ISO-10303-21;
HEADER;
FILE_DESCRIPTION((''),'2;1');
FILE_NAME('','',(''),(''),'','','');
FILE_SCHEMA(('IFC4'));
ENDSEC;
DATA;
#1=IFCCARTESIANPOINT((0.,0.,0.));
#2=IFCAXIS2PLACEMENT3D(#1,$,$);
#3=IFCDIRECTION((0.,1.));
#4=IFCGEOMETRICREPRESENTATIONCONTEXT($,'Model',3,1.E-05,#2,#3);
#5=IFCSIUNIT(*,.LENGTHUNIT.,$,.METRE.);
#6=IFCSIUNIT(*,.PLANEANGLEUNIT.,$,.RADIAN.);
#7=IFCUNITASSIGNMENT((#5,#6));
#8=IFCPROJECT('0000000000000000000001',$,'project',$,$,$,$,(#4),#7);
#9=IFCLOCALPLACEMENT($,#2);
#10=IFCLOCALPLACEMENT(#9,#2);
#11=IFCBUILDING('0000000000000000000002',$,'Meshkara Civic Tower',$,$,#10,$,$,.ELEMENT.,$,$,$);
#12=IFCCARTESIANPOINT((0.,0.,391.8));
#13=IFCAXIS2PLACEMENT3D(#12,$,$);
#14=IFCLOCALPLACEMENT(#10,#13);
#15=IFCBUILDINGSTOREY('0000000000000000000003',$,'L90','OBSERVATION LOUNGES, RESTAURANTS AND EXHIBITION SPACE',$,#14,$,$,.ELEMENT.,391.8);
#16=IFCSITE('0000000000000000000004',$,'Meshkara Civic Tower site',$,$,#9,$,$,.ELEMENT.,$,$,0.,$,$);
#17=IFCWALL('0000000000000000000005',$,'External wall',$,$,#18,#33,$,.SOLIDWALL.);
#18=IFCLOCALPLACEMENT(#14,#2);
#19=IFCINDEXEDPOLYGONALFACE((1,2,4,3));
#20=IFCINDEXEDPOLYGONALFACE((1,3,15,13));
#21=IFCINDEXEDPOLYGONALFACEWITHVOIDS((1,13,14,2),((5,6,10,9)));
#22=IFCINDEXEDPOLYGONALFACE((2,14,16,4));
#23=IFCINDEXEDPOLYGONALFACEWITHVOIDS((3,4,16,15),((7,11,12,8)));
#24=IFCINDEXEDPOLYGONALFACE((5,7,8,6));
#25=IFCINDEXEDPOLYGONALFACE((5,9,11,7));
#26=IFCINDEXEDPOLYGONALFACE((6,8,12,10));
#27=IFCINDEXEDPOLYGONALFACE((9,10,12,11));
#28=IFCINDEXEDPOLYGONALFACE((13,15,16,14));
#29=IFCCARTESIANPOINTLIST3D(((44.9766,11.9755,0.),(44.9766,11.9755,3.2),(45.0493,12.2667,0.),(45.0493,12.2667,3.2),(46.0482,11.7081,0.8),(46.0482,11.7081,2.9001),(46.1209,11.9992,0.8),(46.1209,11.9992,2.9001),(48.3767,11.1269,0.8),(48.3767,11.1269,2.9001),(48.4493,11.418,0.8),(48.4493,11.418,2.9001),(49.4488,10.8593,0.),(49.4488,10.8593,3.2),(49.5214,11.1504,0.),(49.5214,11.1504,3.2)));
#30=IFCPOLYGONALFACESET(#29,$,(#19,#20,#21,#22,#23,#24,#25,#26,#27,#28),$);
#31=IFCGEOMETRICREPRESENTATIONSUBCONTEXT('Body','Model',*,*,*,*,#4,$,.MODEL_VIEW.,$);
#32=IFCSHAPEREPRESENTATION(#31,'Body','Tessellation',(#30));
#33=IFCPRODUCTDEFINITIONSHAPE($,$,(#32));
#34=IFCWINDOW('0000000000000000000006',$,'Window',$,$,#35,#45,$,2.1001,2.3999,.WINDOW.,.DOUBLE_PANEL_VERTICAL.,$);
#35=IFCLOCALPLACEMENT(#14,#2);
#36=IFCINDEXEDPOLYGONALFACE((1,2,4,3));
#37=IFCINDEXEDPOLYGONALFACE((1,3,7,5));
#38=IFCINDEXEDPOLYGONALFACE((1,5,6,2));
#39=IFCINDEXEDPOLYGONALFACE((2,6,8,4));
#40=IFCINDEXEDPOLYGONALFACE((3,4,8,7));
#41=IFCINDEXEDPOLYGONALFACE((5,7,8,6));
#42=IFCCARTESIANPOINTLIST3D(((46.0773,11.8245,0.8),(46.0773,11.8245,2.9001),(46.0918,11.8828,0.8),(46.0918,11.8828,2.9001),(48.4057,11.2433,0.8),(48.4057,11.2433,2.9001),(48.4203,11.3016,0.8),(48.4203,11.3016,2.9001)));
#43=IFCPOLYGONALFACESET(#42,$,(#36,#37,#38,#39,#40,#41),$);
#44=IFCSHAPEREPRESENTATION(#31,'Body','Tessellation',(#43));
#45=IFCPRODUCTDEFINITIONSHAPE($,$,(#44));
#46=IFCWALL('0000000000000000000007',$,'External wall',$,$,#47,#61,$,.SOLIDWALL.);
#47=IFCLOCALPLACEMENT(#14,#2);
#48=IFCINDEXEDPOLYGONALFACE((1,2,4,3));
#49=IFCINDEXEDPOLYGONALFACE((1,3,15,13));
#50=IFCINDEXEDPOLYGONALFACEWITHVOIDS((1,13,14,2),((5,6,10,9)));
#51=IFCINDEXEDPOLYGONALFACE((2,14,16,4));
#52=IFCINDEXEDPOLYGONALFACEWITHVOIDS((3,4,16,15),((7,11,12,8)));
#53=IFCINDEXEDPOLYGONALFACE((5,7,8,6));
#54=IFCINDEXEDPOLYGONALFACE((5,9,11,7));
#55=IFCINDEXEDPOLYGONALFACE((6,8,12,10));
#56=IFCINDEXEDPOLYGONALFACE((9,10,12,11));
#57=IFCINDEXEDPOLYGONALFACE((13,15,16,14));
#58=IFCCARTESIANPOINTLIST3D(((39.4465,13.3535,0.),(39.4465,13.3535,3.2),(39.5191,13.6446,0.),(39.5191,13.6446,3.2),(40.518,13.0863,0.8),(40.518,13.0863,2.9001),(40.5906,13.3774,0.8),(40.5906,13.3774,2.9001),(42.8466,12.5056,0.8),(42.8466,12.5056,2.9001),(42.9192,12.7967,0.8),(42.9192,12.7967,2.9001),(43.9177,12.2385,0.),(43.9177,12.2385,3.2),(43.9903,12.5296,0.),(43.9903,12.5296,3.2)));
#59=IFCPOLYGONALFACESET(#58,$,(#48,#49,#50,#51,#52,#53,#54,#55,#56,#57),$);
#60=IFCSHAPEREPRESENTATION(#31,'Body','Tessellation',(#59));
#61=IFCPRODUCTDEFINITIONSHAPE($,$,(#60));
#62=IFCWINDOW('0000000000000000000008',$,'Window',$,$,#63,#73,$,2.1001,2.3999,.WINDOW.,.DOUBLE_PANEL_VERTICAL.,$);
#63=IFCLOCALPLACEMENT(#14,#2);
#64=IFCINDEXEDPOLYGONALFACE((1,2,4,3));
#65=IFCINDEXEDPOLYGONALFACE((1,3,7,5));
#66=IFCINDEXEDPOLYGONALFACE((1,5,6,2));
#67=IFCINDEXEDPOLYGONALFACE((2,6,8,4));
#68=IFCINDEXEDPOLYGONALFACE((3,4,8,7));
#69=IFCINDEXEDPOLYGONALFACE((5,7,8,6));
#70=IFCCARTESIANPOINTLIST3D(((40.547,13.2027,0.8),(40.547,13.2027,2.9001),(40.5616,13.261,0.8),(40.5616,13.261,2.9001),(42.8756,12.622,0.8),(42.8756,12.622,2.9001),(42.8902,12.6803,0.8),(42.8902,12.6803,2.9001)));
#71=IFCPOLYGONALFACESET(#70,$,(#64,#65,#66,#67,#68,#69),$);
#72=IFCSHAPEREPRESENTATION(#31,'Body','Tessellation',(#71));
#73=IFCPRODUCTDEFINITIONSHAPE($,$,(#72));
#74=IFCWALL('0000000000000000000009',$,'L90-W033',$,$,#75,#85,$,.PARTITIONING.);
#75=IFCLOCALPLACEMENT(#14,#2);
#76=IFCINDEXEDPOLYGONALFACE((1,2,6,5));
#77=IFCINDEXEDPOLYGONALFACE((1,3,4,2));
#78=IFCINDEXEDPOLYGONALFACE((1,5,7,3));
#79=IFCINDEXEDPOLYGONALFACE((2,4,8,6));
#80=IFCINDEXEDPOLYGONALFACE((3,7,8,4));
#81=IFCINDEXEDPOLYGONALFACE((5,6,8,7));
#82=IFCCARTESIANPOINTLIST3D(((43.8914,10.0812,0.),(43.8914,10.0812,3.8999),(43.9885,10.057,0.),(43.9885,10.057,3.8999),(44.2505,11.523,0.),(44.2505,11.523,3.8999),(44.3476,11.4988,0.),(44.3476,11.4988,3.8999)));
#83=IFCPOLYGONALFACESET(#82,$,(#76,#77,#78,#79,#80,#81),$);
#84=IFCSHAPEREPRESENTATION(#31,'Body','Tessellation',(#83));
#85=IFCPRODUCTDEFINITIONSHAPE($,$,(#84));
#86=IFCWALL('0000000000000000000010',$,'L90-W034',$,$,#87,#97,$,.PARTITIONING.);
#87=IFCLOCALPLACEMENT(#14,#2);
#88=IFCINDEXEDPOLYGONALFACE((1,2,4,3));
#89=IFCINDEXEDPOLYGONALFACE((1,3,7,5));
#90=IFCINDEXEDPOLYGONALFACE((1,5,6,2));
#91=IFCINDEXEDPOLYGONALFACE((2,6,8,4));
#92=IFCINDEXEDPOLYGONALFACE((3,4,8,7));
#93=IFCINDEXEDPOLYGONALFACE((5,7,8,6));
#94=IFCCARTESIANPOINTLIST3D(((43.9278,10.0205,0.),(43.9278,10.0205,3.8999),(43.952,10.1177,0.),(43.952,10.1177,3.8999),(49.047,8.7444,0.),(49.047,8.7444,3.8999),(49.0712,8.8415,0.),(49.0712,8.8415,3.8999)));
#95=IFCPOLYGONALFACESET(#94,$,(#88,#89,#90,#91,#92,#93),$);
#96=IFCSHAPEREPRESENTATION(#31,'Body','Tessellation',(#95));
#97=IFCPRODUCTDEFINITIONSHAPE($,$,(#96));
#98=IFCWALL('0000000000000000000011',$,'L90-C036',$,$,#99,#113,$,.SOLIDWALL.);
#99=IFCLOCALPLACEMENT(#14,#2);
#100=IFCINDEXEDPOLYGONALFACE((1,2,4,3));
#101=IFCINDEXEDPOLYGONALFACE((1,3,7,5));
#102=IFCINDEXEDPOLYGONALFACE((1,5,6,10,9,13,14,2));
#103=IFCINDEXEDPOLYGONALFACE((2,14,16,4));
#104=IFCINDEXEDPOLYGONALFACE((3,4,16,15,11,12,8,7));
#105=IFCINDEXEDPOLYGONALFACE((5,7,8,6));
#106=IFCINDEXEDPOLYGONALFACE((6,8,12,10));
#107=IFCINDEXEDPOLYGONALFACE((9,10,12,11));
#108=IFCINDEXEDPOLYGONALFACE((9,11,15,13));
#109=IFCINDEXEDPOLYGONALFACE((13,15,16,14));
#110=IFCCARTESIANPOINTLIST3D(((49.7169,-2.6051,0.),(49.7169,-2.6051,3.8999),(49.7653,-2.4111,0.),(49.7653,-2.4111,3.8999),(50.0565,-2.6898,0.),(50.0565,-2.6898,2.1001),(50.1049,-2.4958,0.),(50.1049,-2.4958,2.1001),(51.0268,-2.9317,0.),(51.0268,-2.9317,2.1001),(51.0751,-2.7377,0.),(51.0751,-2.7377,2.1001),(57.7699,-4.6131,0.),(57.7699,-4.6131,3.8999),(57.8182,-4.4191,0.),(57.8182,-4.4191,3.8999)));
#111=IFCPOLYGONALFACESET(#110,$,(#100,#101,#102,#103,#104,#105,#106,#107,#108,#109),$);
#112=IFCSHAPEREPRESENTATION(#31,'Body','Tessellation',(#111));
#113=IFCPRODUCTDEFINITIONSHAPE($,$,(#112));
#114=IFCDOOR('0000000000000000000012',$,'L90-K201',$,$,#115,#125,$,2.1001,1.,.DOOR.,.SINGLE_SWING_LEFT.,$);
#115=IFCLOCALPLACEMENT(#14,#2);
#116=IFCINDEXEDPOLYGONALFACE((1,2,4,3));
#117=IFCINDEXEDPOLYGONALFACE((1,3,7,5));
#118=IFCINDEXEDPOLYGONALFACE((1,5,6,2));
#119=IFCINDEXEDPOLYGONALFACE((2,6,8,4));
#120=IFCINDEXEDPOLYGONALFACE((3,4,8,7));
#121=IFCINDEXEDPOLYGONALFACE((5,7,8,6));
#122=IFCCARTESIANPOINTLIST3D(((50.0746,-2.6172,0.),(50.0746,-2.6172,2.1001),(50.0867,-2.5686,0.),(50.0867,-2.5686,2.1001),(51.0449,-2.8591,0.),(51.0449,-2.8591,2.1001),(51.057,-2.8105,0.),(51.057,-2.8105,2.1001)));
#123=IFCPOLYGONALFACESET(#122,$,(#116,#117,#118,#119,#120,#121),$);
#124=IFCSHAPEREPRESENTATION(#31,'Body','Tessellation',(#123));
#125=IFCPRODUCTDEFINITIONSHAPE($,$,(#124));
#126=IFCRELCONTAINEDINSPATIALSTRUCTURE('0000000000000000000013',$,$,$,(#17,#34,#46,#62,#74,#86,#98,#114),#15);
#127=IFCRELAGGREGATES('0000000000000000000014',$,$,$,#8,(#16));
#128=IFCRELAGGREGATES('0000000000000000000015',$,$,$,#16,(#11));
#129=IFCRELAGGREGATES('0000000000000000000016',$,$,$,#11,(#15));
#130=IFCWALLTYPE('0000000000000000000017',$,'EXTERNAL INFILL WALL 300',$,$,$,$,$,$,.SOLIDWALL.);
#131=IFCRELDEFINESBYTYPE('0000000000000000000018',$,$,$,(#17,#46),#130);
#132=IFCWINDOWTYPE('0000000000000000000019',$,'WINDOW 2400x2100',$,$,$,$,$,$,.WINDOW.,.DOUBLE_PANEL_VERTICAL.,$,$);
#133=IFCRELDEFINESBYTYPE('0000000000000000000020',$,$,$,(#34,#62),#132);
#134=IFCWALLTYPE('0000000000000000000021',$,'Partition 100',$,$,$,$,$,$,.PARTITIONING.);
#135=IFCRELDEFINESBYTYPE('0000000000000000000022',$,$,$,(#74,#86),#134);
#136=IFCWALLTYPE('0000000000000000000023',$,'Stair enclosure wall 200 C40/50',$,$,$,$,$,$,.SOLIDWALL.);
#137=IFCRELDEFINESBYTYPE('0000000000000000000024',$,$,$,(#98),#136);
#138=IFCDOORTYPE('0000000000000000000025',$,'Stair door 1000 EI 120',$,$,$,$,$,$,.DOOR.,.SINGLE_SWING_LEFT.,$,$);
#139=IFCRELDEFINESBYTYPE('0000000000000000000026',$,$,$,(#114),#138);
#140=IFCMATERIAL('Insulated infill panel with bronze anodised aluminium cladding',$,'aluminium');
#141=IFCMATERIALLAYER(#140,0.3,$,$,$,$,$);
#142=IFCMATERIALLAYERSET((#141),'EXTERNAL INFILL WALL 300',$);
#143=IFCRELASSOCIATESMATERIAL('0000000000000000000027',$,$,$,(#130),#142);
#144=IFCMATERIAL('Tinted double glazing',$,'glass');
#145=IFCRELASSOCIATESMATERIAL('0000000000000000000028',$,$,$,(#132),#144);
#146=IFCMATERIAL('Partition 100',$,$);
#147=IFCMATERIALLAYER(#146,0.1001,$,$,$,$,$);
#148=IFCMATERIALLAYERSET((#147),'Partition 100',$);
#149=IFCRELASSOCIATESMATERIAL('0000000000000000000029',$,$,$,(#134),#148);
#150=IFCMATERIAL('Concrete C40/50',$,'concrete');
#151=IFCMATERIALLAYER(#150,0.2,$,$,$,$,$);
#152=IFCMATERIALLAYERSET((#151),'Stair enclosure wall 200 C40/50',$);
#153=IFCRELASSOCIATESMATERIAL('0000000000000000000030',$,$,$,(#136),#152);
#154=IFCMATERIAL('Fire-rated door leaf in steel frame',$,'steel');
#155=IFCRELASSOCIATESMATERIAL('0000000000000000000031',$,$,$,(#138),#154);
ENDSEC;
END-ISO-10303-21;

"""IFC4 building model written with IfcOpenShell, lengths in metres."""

from ifc_helpers import new_model, si_unit, direction, frame, frame_2d, origin, place, context, subcontext, project, spatial, rectangle, extrude, material, layer, layer_set, type_object, element, fill, save


model = new_model("IFC4")

# Units and contexts
model_context = context("Model", 3, precision=1e-05, world=origin(), true_north=direction((0.0, 1.0)))
body_context = subcontext(model_context, "Body", "Model", "MODEL_VIEW")
ifc_project = project(units=[si_unit("LENGTHUNIT", "METRE"), si_unit("PLANEANGLEUNIT", "RADIAN")], contexts=[model_context])

# Site, building, storey
site_placement = place(None, origin())
site = spatial("IfcSite", under=ifc_project, at=site_placement, Name="Meshkara Civic Tower site", CompositionType="ELEMENT", RefElevation=0.0)
building_placement = place(site_placement, origin())
building = spatial("IfcBuilding", under=site, at=building_placement, Name="Meshkara Civic Tower", CompositionType="ELEMENT")
storey_placement = place(building_placement, frame((0.0, 0.0, 391.8)))
storey = spatial("IfcBuildingStorey", under=building, at=storey_placement, Name="L90", Description="OBSERVATION LOUNGES, RESTAURANTS AND EXHIBITION SPACE", CompositionType="ELEMENT", Elevation=391.8)

# Walls, openings, windows
ifc_material_1 = material(Name="Insulated infill panel with bronze anodised aluminium cladding", Category="aluminium")
ifc_layer_1 = layer(ifc_material_1, 0.3)
ifc_layer_set_1 = layer_set([ifc_layer_1], Name="EXTERNAL INFILL WALL 300")
wall_type_1 = type_object("IfcWallType", Name="EXTERNAL INFILL WALL 300", PredefinedType="SOLIDWALL", material=ifc_layer_set_1)
wall_1_placement = place(storey_placement, frame((49.4851, 11.0049, 0.0), z_axis=(0.0, 0.0, 1.0), x_axis=(-0.970236, 0.242162, 0.0)))
wall_1 = element("IfcWall", 1, at=wall_1_placement, inside=storey, type_object=wall_type_1, Name="External wall", PredefinedType="SOLIDWALL", context=body_context, shape_type="SweptSolid", body=[
    extrude(rectangle(XDim=4.6094, YDim=0.3, at=frame_2d((2.3047, 0.0))), origin(), (0.0, 0.0, 1.0), 3.2),
])
opening_1_placement = place(wall_1_placement, frame((1.105, 0.0, 0.8)))
opening_1 = element("IfcOpeningElement", 2, at=opening_1_placement, cuts=wall_1, PredefinedType="OPENING", context=body_context, shape_type="SweptSolid", body=[
    extrude(rectangle(XDim=2.3999, YDim=2.1001, at=frame_2d((1.2, 1.05))), frame((0.0, 0.1599, 0.0), z_axis=(0.0, -1.0, 0.0), x_axis=(1.0, 0.0, 0.0)), (0.0, 0.0, 1.0), 0.3201),
])
ifc_material_2 = material(Name="Tinted double glazing", Category="glass")
window_type = type_object("IfcWindowType", Name="WINDOW 2400x2100", PartitioningType="DOUBLE_PANEL_VERTICAL", PredefinedType="WINDOW", material=ifc_material_2)
window_1_placement = place(opening_1_placement, origin())
window_1 = element("IfcWindow", 3, at=window_1_placement, inside=storey, type_object=window_type, Name="Window", OverallHeight=2.1001, OverallWidth=2.3999, PartitioningType="DOUBLE_PANEL_VERTICAL", PredefinedType="WINDOW", context=body_context, shape_type="SweptSolid", body=[
    extrude(rectangle(XDim=2.3999, YDim=2.1001, at=frame_2d((1.2, 1.05))), frame((0.0, 0.03, 0.0), z_axis=(0.0, -1.0, 0.0), x_axis=(1.0, 0.0, 0.0)), (0.0, 0.0, 1.0), 0.0601),
])
fill(opening_1, window_1)
wall_2_placement = place(storey_placement, frame((43.9541, 12.384, 0.0), z_axis=(0.0, 0.0, 1.0), x_axis=(-0.970286, 0.241962, 0.0)))
wall_2 = element("IfcWall", 4, at=wall_2_placement, inside=storey, type_object=wall_type_1, Name="External wall", PredefinedType="SOLIDWALL", context=body_context, shape_type="SweptSolid", body=[
    extrude(rectangle(XDim=4.6082, YDim=0.3, at=frame_2d((2.3042, 0.0))), origin(), (0.0, 0.0, 1.0), 3.2),
])
opening_2_placement = place(wall_2_placement, frame((1.104, 0.0, 0.8)))
opening_2 = element("IfcOpeningElement", 5, at=opening_2_placement, cuts=wall_2, PredefinedType="OPENING", context=body_context, shape_type="SweptSolid", body=[
    extrude(rectangle(XDim=2.3999, YDim=2.1001, at=frame_2d((1.2, 1.05))), frame((0.0, 0.1599, 0.0), z_axis=(0.0, -1.0, 0.0), x_axis=(1.0, 0.0, 0.0)), (0.0, 0.0, 1.0), 0.3201),
])
window_2_placement = place(opening_2_placement, origin())
window_2 = element("IfcWindow", 6, at=window_2_placement, inside=storey, type_object=window_type, Name="Window", OverallHeight=2.1001, OverallWidth=2.3999, PartitioningType="DOUBLE_PANEL_VERTICAL", PredefinedType="WINDOW", context=body_context, shape_type="SweptSolid", body=[
    extrude(rectangle(XDim=2.3999, YDim=2.1001, at=frame_2d((1.2, 1.05))), frame((0.0, 0.03, 0.0), z_axis=(0.0, -1.0, 0.0), x_axis=(1.0, 0.0, 0.0)), (0.0, 0.0, 1.0), 0.0601),
])
fill(opening_2, window_2)

# Walls
ifc_material_3 = material(Name="Partition 100")
ifc_layer_2 = layer(ifc_material_3, 0.1001)
ifc_layer_set_2 = layer_set([ifc_layer_2], Name="Partition 100")
wall_type_2 = type_object("IfcWallType", Name="Partition 100", PredefinedType="PARTITIONING", material=ifc_layer_set_2)
wall_3_placement = place(storey_placement, frame((43.9399, 10.0691, 0.0), z_axis=(0.0, 0.0, 1.0), x_axis=(0.241685, 0.970355, 0.0)))
element("IfcWall", 7, at=wall_3_placement, inside=storey, type_object=wall_type_2, Name="L90-W033", PredefinedType="PARTITIONING", context=body_context, shape_type="SweptSolid", body=[
    extrude(rectangle(XDim=1.4858, YDim=0.1001, at=frame_2d((0.7429, 0.0))), origin(), (0.0, 0.0, 1.0), 3.8999),
])
wall_4_placement = place(storey_placement, frame((49.0591, 8.793, 0.0), z_axis=(0.0, 0.0, 1.0), x_axis=(-0.970306, 0.241882, 0.0)))
element("IfcWall", 8, at=wall_4_placement, inside=storey, type_object=wall_type_2, Name="L90-W034", PredefinedType="PARTITIONING", context=body_context, shape_type="SweptSolid", body=[
    extrude(rectangle(XDim=5.2759, YDim=0.1001, at=frame_2d((2.6379, 0.0))), origin(), (0.0, 0.0, 1.0), 3.8999),
])

# Wall, opening, door
ifc_material_4 = material(Name="Concrete C40/50", Category="concrete")
ifc_layer_3 = layer(ifc_material_4, 0.2)
ifc_layer_set_3 = layer_set([ifc_layer_3], Name="Stair enclosure wall 200 C40/50")
wall_type_3 = type_object("IfcWallType", Name="Stair enclosure wall 200 C40/50", PredefinedType="SOLIDWALL", material=ifc_layer_set_3)
wall_5_placement = place(storey_placement, frame((49.741, -2.5081, 0.0), z_axis=(0.0, 0.0, 1.0), x_axis=(0.970289, -0.241947, 0.0)))
wall_5 = element("IfcWall", 9, at=wall_5_placement, inside=storey, type_object=wall_type_3, Name="L90-C036", PredefinedType="SOLIDWALL", context=body_context, shape_type="SweptSolid", body=[
    extrude(rectangle(XDim=8.2996, YDim=0.2, at=frame_2d((4.1499, 0.0))), origin(), (0.0, 0.0, 1.0), 3.8999),
])
opening_3_placement = place(wall_5_placement, frame((0.3501, 0.0, 0.0)))
opening_3 = element("IfcOpeningElement", 10, at=opening_3_placement, cuts=wall_5, PredefinedType="OPENING", context=body_context, shape_type="SweptSolid", body=[
    extrude(rectangle(XDim=1.0, YDim=2.1001, at=frame_2d((0.5, 1.05))), frame((0.0, 0.1099, 0.0), z_axis=(0.0, -1.0, 0.0), x_axis=(1.0, 0.0, 0.0)), (0.0, 0.0, 1.0), 0.22),
])
ifc_material_5 = material(Name="Fire-rated door leaf in steel frame", Category="steel")
door_type_1 = type_object("IfcDoorType", Name="Stair door 1000 EI 120", OperationType="SINGLE_SWING_LEFT", PredefinedType="DOOR", material=ifc_material_5)
door_1_placement = place(opening_3_placement, origin())
door_1 = element("IfcDoor", 11, at=door_1_placement, inside=storey, type_object=door_type_1, Name="L90-K201", OperationType="SINGLE_SWING_LEFT", OverallHeight=2.1001, OverallWidth=1.0, PredefinedType="DOOR", context=body_context, shape_type="SweptSolid", body=[
    extrude(rectangle(XDim=1.0, YDim=2.1001, at=frame_2d((0.5, 1.05))), frame((0.0, 0.0249, 0.0), z_axis=(0.0, -1.0, 0.0), x_axis=(1.0, 0.0, 0.0)), (0.0, 0.0, 1.0), 0.05),
])
fill(opening_3, door_1)

save(model, "model.ifc")
